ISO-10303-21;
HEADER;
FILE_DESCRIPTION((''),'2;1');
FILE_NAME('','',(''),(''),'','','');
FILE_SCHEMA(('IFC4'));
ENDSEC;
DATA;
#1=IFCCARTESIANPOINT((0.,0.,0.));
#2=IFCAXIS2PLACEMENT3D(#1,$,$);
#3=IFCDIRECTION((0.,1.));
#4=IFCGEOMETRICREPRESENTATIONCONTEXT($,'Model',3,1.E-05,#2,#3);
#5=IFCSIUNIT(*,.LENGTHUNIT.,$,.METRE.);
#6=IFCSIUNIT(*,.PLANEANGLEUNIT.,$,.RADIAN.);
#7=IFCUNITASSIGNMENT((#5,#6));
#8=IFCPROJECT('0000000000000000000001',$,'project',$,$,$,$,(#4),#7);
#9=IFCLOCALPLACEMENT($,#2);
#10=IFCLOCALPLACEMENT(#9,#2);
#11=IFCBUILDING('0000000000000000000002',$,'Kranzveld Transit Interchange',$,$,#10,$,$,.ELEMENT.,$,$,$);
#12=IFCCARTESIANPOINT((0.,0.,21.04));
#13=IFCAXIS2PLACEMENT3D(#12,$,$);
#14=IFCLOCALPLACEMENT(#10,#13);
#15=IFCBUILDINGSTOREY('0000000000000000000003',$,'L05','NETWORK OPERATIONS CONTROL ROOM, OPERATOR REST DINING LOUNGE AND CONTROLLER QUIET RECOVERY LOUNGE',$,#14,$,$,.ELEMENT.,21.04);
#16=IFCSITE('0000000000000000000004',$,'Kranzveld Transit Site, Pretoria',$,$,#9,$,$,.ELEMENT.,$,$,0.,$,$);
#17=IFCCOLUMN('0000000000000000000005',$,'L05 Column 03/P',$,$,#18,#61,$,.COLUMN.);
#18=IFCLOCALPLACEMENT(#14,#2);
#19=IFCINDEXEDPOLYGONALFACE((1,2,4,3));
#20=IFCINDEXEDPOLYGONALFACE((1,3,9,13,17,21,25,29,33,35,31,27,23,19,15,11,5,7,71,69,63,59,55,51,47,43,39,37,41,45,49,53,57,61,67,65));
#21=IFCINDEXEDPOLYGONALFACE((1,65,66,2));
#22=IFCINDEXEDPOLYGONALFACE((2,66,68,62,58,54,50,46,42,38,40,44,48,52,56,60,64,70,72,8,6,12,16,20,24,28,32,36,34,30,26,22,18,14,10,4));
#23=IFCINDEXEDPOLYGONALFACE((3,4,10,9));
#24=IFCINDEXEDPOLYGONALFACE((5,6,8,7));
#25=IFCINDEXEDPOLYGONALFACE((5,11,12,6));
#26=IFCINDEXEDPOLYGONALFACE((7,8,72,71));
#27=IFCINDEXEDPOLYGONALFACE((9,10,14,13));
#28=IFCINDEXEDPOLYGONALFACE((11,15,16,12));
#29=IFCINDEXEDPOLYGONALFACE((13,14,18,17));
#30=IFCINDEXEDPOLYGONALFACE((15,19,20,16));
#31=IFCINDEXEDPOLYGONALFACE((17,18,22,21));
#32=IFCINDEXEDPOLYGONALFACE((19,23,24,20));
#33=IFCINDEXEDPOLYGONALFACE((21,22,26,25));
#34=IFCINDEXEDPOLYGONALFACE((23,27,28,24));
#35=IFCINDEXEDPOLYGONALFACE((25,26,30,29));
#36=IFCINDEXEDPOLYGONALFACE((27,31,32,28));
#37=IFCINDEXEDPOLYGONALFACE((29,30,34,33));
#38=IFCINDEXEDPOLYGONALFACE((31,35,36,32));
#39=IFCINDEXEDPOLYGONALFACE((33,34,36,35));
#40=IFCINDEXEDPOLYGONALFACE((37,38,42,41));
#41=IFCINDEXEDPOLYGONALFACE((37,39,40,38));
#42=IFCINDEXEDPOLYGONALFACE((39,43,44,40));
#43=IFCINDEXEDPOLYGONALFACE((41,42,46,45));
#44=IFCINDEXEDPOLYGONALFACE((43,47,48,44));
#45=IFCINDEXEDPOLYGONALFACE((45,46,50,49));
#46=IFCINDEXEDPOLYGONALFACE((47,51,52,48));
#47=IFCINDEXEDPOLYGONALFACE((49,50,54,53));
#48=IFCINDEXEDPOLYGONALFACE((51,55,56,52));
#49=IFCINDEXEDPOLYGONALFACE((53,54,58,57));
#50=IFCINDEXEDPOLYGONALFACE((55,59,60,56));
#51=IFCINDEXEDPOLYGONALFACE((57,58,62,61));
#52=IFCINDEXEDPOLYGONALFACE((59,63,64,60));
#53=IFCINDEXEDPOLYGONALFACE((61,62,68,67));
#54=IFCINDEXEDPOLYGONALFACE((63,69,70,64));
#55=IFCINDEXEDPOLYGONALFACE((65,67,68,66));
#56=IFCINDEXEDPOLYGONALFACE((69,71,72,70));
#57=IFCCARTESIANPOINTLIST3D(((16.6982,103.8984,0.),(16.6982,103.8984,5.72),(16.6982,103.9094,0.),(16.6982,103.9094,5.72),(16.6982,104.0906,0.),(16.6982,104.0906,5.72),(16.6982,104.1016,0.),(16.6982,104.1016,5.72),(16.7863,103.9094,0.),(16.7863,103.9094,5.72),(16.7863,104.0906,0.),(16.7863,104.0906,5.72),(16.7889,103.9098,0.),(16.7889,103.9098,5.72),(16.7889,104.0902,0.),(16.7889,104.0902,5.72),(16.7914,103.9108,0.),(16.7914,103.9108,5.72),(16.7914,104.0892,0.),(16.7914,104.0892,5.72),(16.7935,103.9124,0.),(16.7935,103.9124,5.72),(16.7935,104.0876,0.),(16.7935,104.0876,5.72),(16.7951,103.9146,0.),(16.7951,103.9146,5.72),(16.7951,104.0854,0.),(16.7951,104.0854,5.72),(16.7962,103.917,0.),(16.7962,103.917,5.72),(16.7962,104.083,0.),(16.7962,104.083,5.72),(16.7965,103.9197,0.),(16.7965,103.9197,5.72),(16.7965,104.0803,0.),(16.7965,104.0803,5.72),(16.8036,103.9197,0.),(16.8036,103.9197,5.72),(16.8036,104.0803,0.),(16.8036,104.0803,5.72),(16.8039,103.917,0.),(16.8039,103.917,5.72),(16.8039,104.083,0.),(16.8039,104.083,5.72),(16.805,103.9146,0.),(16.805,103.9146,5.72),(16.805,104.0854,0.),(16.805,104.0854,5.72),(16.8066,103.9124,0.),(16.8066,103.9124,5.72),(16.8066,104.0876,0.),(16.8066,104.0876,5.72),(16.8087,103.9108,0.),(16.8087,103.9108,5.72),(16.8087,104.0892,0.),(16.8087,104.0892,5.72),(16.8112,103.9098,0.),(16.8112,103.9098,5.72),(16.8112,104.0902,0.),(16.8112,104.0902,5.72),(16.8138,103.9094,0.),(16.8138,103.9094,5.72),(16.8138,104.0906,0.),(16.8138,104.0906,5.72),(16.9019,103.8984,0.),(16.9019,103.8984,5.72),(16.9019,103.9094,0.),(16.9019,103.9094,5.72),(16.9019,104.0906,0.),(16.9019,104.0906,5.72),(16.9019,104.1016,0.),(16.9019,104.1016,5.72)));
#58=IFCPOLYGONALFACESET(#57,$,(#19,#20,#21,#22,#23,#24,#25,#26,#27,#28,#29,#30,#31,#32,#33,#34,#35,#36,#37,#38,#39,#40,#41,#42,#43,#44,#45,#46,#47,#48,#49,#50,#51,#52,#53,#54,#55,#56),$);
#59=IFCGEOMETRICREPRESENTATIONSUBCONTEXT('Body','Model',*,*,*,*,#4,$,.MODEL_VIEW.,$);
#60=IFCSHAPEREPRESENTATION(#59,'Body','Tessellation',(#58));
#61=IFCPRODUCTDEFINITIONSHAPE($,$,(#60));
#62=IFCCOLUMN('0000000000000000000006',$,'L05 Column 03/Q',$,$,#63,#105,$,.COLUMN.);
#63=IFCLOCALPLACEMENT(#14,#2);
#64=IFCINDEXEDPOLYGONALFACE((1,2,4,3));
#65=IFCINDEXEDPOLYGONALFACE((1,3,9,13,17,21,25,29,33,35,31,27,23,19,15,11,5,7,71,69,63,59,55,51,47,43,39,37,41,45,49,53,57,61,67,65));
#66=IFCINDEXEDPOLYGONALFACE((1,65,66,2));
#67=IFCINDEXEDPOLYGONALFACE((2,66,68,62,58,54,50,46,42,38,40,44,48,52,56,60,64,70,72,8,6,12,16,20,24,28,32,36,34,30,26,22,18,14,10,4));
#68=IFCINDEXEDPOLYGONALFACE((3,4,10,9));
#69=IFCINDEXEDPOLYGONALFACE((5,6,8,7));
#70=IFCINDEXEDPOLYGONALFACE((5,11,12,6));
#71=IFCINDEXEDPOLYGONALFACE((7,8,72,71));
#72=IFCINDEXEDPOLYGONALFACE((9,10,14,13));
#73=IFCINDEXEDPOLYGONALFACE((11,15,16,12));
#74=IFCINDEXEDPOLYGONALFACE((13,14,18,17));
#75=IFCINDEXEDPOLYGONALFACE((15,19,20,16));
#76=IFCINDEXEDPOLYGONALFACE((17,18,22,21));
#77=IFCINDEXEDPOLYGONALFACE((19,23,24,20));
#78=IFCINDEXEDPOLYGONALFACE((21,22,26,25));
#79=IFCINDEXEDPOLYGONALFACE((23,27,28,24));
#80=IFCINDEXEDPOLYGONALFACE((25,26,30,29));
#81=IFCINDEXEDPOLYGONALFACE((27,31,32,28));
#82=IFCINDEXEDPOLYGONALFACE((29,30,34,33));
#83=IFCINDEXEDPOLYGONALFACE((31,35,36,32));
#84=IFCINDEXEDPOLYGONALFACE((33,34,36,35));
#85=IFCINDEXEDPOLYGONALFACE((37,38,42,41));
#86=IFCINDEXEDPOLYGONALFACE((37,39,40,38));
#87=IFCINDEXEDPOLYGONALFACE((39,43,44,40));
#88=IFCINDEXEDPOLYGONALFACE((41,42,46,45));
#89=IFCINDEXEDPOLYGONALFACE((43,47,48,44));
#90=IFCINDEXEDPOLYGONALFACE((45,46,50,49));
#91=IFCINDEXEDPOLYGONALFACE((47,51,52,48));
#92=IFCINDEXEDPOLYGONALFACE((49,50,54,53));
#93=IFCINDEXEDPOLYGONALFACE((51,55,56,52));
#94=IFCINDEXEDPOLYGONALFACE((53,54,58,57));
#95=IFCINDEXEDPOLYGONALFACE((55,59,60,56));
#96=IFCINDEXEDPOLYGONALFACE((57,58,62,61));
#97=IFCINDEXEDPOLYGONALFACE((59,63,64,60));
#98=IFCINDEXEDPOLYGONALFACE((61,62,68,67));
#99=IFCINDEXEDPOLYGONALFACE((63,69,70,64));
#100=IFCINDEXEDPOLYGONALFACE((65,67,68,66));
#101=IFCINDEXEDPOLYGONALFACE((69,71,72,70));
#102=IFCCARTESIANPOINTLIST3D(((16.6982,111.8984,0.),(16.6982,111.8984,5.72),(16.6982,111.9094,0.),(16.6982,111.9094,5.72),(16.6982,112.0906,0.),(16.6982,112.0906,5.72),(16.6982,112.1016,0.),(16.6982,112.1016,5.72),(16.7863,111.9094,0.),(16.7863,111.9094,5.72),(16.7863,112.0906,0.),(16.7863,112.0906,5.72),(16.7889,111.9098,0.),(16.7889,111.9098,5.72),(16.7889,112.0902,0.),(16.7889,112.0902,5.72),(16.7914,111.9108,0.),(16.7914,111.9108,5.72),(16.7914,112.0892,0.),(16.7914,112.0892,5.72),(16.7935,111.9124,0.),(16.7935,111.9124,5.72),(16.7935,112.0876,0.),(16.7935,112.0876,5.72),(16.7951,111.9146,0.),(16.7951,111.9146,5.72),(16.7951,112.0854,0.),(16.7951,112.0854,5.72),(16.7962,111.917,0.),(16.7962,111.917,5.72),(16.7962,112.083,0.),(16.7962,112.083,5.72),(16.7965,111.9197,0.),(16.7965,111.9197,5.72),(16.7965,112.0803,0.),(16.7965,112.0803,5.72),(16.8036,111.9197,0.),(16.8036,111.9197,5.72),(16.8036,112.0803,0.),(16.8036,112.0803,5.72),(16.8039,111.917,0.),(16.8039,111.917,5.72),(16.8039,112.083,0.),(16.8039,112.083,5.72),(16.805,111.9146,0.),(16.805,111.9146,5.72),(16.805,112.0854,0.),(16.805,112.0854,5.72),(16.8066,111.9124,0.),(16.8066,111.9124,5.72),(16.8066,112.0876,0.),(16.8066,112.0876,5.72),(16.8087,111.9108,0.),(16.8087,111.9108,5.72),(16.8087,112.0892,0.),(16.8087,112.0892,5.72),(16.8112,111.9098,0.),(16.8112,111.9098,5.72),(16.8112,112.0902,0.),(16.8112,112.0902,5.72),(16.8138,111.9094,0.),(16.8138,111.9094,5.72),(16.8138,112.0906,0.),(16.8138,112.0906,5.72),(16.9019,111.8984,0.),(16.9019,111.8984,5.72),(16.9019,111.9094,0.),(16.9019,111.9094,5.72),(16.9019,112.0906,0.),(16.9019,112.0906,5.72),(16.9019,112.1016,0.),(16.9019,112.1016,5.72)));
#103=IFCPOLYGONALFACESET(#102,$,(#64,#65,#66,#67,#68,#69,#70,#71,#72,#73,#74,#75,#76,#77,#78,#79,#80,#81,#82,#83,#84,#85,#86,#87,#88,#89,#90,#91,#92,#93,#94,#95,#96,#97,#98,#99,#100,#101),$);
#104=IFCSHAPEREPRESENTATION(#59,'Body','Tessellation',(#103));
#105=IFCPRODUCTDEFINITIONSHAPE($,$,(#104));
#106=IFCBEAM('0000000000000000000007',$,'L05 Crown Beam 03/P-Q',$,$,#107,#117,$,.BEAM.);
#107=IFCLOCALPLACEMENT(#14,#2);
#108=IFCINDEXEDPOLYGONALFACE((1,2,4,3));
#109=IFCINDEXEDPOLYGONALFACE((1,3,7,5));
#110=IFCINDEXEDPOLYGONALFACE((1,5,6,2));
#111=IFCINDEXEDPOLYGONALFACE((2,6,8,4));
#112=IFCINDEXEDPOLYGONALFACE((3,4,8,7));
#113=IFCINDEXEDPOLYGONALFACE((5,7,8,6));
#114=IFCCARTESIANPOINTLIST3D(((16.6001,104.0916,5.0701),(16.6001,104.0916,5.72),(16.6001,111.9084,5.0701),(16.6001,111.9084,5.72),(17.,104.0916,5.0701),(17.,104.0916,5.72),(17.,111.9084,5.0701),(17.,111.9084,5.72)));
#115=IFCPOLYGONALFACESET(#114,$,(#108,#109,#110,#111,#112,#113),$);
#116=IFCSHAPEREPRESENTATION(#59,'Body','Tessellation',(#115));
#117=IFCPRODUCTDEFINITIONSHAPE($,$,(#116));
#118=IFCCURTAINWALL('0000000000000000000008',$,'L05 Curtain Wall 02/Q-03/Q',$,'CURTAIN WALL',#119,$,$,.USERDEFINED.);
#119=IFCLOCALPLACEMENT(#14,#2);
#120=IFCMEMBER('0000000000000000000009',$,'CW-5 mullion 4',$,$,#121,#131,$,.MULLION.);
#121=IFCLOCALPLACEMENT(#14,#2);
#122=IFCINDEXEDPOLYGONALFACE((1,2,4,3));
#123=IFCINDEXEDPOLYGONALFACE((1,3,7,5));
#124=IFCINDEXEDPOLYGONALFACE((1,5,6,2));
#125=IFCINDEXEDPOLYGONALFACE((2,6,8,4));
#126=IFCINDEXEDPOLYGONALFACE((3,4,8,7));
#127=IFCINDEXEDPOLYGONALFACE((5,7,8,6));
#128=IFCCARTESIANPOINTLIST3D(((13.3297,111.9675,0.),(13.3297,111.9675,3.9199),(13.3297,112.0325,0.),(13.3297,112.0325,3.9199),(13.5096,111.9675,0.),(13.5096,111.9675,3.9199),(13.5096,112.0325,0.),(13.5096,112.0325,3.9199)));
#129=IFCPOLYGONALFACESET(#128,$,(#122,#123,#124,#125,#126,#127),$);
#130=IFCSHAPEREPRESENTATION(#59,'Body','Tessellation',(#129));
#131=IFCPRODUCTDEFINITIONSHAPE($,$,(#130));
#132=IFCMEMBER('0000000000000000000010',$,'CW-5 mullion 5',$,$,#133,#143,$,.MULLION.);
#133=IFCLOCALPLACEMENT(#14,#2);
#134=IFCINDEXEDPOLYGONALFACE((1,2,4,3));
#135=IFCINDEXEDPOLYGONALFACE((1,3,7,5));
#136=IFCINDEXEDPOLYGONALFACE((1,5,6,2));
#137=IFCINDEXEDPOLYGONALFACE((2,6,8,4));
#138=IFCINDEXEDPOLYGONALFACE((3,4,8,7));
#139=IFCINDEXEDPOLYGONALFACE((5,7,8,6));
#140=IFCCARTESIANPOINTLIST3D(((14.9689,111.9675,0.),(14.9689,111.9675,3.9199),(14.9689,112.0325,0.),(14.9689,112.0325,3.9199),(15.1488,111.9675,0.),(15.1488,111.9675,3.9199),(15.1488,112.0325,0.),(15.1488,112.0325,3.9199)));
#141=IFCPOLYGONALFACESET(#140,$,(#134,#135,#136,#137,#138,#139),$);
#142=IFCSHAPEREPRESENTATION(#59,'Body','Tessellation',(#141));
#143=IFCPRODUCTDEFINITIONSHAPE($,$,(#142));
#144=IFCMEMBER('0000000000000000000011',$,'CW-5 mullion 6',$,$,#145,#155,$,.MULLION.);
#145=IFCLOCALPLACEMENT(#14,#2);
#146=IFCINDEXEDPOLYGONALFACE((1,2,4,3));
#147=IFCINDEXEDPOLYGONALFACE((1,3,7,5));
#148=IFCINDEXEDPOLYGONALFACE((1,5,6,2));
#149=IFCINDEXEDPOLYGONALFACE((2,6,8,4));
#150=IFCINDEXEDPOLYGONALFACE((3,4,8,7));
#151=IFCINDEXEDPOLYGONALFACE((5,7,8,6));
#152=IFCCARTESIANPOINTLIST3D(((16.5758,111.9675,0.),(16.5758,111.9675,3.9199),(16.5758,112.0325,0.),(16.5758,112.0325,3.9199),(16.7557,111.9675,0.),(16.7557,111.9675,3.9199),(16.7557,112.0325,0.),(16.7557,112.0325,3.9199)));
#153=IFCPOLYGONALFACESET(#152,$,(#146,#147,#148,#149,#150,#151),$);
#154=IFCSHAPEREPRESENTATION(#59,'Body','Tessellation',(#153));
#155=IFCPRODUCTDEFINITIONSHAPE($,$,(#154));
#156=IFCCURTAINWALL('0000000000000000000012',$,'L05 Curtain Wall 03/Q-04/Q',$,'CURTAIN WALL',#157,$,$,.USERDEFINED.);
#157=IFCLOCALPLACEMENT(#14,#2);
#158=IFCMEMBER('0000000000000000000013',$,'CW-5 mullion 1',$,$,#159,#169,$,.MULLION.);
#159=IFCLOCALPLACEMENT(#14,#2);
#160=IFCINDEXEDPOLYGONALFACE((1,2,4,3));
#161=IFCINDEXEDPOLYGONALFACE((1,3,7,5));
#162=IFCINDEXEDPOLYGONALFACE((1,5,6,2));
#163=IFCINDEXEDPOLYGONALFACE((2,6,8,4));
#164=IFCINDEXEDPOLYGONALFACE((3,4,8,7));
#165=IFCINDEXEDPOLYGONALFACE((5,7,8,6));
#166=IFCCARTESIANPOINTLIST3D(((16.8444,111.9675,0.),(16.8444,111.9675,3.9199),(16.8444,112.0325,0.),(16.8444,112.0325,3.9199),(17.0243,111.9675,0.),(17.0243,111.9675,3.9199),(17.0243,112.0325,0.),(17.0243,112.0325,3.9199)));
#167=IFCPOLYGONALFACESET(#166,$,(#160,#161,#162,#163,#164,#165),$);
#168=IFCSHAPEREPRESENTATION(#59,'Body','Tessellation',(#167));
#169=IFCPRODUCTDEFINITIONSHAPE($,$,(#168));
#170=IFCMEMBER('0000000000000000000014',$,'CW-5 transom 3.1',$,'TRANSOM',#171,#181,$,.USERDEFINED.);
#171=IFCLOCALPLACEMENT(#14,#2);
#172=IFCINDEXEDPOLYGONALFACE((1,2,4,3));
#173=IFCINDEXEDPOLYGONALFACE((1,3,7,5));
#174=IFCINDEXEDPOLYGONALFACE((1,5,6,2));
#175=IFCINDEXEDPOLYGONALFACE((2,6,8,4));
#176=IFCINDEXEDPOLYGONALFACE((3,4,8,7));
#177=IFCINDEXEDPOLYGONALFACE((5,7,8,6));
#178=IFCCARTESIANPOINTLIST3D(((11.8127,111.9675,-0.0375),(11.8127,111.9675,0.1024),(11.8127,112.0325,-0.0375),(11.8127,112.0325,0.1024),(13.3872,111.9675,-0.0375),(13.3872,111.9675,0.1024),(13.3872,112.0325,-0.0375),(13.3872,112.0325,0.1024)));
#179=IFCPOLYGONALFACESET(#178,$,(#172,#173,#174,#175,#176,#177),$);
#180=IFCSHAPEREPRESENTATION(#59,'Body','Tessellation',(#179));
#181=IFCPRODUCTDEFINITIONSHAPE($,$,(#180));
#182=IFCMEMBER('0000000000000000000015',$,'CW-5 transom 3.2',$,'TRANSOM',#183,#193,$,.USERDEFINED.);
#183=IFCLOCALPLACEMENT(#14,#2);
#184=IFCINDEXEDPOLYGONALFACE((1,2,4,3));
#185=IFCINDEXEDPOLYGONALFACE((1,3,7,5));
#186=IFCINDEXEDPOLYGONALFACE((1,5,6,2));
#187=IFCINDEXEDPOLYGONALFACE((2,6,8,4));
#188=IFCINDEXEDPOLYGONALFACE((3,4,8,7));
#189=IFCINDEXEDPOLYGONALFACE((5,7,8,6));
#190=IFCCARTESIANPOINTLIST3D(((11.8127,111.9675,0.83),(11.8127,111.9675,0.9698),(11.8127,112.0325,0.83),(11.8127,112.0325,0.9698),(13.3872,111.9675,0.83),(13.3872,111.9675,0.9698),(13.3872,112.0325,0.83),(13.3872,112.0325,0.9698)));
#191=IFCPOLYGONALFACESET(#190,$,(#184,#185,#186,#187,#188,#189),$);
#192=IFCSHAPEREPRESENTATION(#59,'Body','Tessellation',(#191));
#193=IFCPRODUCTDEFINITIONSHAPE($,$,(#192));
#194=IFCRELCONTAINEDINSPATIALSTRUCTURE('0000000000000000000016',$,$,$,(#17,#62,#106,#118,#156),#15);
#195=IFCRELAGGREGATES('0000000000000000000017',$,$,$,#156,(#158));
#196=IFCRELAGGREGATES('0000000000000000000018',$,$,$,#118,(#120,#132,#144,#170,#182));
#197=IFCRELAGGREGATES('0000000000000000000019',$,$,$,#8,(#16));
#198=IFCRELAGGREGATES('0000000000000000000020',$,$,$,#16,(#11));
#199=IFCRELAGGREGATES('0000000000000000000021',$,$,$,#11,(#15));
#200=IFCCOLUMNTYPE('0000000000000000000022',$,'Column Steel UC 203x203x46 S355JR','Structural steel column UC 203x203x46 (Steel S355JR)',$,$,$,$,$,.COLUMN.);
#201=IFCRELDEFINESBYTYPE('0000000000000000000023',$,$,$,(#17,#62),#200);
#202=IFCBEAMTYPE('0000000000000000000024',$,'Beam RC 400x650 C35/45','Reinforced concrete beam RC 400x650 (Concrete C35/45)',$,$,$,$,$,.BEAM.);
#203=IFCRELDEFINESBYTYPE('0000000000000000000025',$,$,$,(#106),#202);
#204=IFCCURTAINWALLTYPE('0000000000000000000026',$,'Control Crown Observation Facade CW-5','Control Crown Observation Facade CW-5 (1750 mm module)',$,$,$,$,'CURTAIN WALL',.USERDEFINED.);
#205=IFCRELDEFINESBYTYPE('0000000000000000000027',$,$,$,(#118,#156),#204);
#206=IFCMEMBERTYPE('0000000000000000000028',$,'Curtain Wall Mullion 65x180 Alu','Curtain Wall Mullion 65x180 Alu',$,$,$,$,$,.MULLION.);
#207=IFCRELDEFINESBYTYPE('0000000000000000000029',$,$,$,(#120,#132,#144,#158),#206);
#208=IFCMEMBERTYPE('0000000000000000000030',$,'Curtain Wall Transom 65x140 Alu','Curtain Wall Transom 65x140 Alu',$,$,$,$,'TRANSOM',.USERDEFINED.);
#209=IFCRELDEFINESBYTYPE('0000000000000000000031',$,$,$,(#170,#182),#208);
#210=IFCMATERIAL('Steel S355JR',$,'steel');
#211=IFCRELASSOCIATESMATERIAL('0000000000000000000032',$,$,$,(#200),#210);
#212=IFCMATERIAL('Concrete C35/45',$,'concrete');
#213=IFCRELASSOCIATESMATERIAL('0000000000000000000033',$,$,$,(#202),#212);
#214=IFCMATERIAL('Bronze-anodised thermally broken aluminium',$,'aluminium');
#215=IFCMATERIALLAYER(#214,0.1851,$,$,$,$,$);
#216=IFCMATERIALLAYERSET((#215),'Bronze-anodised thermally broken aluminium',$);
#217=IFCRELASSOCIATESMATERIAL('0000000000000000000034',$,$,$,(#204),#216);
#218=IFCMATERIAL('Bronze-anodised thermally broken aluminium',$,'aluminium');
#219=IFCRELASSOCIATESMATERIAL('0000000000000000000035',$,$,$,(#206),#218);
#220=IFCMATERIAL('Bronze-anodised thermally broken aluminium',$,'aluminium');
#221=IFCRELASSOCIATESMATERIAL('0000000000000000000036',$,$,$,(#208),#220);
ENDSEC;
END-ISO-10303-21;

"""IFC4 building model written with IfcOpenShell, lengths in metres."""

from ifc_helpers import new_model, si_unit, direction, frame, origin, origin_2d, place, context, subcontext, project, spatial, rectangle, i_section, extrude, material, layer, layer_set, material_profile, profile_set, type_object, element, aggregate, save


model = new_model("IFC4")

# Units and contexts
model_context = context("Model", 3, precision=1e-05, world=origin(), true_north=direction((0.0, 1.0)))
body_context = subcontext(model_context, "Body", "Model", "MODEL_VIEW")
ifc_project = project(units=[si_unit("LENGTHUNIT", "METRE"), si_unit("PLANEANGLEUNIT", "RADIAN")], contexts=[model_context])

# Site, building, storey
site_placement = place(None, origin())
site = spatial("IfcSite", under=ifc_project, at=site_placement, Name="Kranzveld Transit Site, Pretoria", CompositionType="ELEMENT", RefElevation=0.0)
building_placement = place(site_placement, origin())
building = spatial("IfcBuilding", under=site, at=building_placement, Name="Kranzveld Transit Interchange", CompositionType="ELEMENT")
storey_placement = place(building_placement, frame((0.0, 0.0, 21.04)))
storey = spatial("IfcBuildingStorey", under=building, at=storey_placement, Name="L05", Description="NETWORK OPERATIONS CONTROL ROOM, OPERATOR REST DINING LOUNGE AND CONTROLLER QUIET RECOVERY LOUNGE", CompositionType="ELEMENT", Elevation=21.04)

# Columns
ifc_material_1 = material(Name="Steel S355JR", Category="steel")
ifc_material_profile_1 = material_profile(ifc_material_1, i_section(OverallWidth=0.2036, OverallDepth=0.2031, WebThickness=0.0071, FlangeThickness=0.011, FilletRadius=0.0103, at=origin_2d()), Name="UC 203x203x46")
ifc_profile_set_1 = profile_set([ifc_material_profile_1], Name="Steel S355JR")
column_type = type_object("IfcColumnType", Name="Column Steel UC 203x203x46 S355JR", Description="Structural steel column UC 203x203x46 (Steel S355JR)", PredefinedType="COLUMN", material=ifc_profile_set_1)
for number, where, z_axis, x_axis, name in (
    (1, (16.8, 104.0, 0.0), (0.0, 0.0, 1.0), (1.0, 0.0, 0.0), "L05 Column 03/P"),
    (2, (16.8, 112.0, 0.0), (0.0, 0.0, 1.0), (1.0, 0.0, 0.0), "L05 Column 03/Q"),
):
    element("IfcColumn", number, at=place(storey_placement, frame(where, z_axis=z_axis, x_axis=x_axis)), inside=storey, type_object=column_type, Name=name, PredefinedType="COLUMN", context=body_context, shape_type="SweptSolid", body=[
        extrude(i_section(OverallWidth=0.2036, OverallDepth=0.2031, WebThickness=0.0071, FlangeThickness=0.011, FilletRadius=0.0103, at=origin_2d()), origin(), (0.0, 0.0, 1.0), 5.72),
    ])

# Beam
ifc_material_2 = material(Name="Concrete C35/45", Category="concrete")
ifc_material_profile_2 = material_profile(ifc_material_2, rectangle(XDim=0.3999, YDim=0.6499, at=origin_2d()), Name="RC 400x650")
ifc_profile_set_2 = profile_set([ifc_material_profile_2], Name="Concrete C35/45")
beam_type = type_object("IfcBeamType", Name="Beam RC 400x650 C35/45", Description="Reinforced concrete beam RC 400x650 (Concrete C35/45)", PredefinedType="BEAM", material=ifc_profile_set_2)
beam_placement = place(storey_placement, frame((16.8, 104.0916, 5.395), z_axis=(0.0, 1.0, 0.0), x_axis=(-1.0, 0.0, 0.0)))
element("IfcBeam", 3, at=beam_placement, inside=storey, type_object=beam_type, Name="L05 Crown Beam 03/P-Q", PredefinedType="BEAM", context=body_context, shape_type="SweptSolid", body=[
    extrude(rectangle(XDim=0.3999, YDim=0.6499, at=origin_2d()), origin(), (0.0, 0.0, 1.0), 7.8169),
])

# Curtain wall, members
ifc_material_3 = material(Name="Bronze-anodised thermally broken aluminium", Category="aluminium")
ifc_layer_1 = layer(ifc_material_3, 0.1851)
ifc_layer_set_1 = layer_set([ifc_layer_1], Name="Bronze-anodised thermally broken aluminium")
curtain_wall_type = type_object("IfcCurtainWallType", Name="Control Crown Observation Facade CW-5", Description="Control Crown Observation Facade CW-5 (1750 mm module)", ElementType="CURTAIN WALL", PredefinedType="USERDEFINED", material=ifc_layer_set_1)
curtain_wall_1_placement = place(storey_placement, origin())
curtain_wall_1 = element("IfcCurtainWall", 4, at=curtain_wall_1_placement, inside=storey, type_object=curtain_wall_type, Name="L05 Curtain Wall 02/Q-03/Q", ObjectType="CURTAIN WALL", PredefinedType="USERDEFINED")
ifc_material_4 = material(Name="Bronze-anodised thermally broken aluminium", Category="aluminium")
ifc_material_profile_3 = material_profile(ifc_material_4, rectangle(XDim=0.0649, YDim=0.1799, at=origin_2d()), Name="ALU MULLION 65x180")
ifc_profile_set_3 = profile_set([ifc_material_profile_3], Name="Bronze-anodised thermally broken aluminium")
member_type_1 = type_object("IfcMemberType", Name="Curtain Wall Mullion 65x180 Alu", Description="Curtain Wall Mullion 65x180 Alu", PredefinedType="MULLION", material=ifc_profile_set_3)
member_1_placement = place(storey_placement, frame((13.4197, 112.0, 0.0), z_axis=(0.0, 0.0, 1.0), x_axis=(0.0, 1.0, 0.0)))
member_1 = element("IfcMember", 5, at=member_1_placement, type_object=member_type_1, Name="CW-5 mullion 4", PredefinedType="MULLION", context=body_context, shape_type="SweptSolid", body=[
    extrude(rectangle(XDim=0.0649, YDim=0.1799, at=origin_2d()), origin(), (0.0, 0.0, 1.0), 3.9199),
])
member_2_placement = place(storey_placement, frame((15.0588, 112.0, 0.0), z_axis=(0.0, 0.0, 1.0), x_axis=(0.0, 1.0, 0.0)))
member_2 = element("IfcMember", 6, at=member_2_placement, type_object=member_type_1, Name="CW-5 mullion 5", PredefinedType="MULLION", context=body_context, shape_type="SweptSolid", body=[
    extrude(rectangle(XDim=0.0649, YDim=0.1799, at=origin_2d()), origin(), (0.0, 0.0, 1.0), 3.9199),
])
member_3_placement = place(storey_placement, frame((16.6658, 112.0, 0.0), z_axis=(0.0, 0.0, 1.0), x_axis=(0.0, 1.0, 0.0)))
member_3 = element("IfcMember", 7, at=member_3_placement, type_object=member_type_1, Name="CW-5 mullion 6", PredefinedType="MULLION", context=body_context, shape_type="SweptSolid", body=[
    extrude(rectangle(XDim=0.0649, YDim=0.1799, at=origin_2d()), origin(), (0.0, 0.0, 1.0), 3.9199),
])

# Curtain wall, member
curtain_wall_2_placement = place(storey_placement, origin())
curtain_wall_2 = element("IfcCurtainWall", 8, at=curtain_wall_2_placement, inside=storey, type_object=curtain_wall_type, Name="L05 Curtain Wall 03/Q-04/Q", ObjectType="CURTAIN WALL", PredefinedType="USERDEFINED")
member_4_placement = place(storey_placement, frame((16.9343, 112.0, 0.0), z_axis=(0.0, 0.0, 1.0), x_axis=(0.0, 1.0, 0.0)))
member_4 = element("IfcMember", 9, at=member_4_placement, type_object=member_type_1, Name="CW-5 mullion 1", PredefinedType="MULLION", context=body_context, shape_type="SweptSolid", body=[
    extrude(rectangle(XDim=0.0649, YDim=0.1799, at=origin_2d()), origin(), (0.0, 0.0, 1.0), 3.9199),
])

# Members
ifc_material_5 = material(Name="Bronze-anodised thermally broken aluminium", Category="aluminium")
ifc_material_profile_4 = material_profile(ifc_material_5, rectangle(XDim=0.0649, YDim=0.1399, at=origin_2d()), Name="ALU TRANSOM 65x140")
ifc_profile_set_4 = profile_set([ifc_material_profile_4], Name="Bronze-anodised thermally broken aluminium")
member_type_2 = type_object("IfcMemberType", Name="Curtain Wall Transom 65x140 Alu", Description="Curtain Wall Transom 65x140 Alu", ElementType="TRANSOM", PredefinedType="USERDEFINED", material=ifc_profile_set_4)
member_5_placement = place(storey_placement, frame((11.8127, 112.0, 0.0325), z_axis=(1.0, 0.0, 0.0), x_axis=(0.0, 1.0, 0.0)))
member_5 = element("IfcMember", 10, at=member_5_placement, type_object=member_type_2, Name="CW-5 transom 3.1", ObjectType="TRANSOM", PredefinedType="USERDEFINED", context=body_context, shape_type="SweptSolid", body=[
    extrude(rectangle(XDim=0.0649, YDim=0.1399, at=origin_2d()), origin(), (0.0, 0.0, 1.0), 1.5745),
])
member_6_placement = place(storey_placement, frame((11.8127, 112.0, 0.8999), z_axis=(1.0, 0.0, 0.0), x_axis=(0.0, 1.0, 0.0)))
member_6 = element("IfcMember", 11, at=member_6_placement, type_object=member_type_2, Name="CW-5 transom 3.2", ObjectType="TRANSOM", PredefinedType="USERDEFINED", context=body_context, shape_type="SweptSolid", body=[
    extrude(rectangle(XDim=0.0649, YDim=0.1399, at=origin_2d()), origin(), (0.0, 0.0, 1.0), 1.5745),
])
aggregate(curtain_wall_2, [member_4])

aggregate(curtain_wall_1, [member_1, member_2, member_3, member_5, member_6])

save(model, "model.ifc")
